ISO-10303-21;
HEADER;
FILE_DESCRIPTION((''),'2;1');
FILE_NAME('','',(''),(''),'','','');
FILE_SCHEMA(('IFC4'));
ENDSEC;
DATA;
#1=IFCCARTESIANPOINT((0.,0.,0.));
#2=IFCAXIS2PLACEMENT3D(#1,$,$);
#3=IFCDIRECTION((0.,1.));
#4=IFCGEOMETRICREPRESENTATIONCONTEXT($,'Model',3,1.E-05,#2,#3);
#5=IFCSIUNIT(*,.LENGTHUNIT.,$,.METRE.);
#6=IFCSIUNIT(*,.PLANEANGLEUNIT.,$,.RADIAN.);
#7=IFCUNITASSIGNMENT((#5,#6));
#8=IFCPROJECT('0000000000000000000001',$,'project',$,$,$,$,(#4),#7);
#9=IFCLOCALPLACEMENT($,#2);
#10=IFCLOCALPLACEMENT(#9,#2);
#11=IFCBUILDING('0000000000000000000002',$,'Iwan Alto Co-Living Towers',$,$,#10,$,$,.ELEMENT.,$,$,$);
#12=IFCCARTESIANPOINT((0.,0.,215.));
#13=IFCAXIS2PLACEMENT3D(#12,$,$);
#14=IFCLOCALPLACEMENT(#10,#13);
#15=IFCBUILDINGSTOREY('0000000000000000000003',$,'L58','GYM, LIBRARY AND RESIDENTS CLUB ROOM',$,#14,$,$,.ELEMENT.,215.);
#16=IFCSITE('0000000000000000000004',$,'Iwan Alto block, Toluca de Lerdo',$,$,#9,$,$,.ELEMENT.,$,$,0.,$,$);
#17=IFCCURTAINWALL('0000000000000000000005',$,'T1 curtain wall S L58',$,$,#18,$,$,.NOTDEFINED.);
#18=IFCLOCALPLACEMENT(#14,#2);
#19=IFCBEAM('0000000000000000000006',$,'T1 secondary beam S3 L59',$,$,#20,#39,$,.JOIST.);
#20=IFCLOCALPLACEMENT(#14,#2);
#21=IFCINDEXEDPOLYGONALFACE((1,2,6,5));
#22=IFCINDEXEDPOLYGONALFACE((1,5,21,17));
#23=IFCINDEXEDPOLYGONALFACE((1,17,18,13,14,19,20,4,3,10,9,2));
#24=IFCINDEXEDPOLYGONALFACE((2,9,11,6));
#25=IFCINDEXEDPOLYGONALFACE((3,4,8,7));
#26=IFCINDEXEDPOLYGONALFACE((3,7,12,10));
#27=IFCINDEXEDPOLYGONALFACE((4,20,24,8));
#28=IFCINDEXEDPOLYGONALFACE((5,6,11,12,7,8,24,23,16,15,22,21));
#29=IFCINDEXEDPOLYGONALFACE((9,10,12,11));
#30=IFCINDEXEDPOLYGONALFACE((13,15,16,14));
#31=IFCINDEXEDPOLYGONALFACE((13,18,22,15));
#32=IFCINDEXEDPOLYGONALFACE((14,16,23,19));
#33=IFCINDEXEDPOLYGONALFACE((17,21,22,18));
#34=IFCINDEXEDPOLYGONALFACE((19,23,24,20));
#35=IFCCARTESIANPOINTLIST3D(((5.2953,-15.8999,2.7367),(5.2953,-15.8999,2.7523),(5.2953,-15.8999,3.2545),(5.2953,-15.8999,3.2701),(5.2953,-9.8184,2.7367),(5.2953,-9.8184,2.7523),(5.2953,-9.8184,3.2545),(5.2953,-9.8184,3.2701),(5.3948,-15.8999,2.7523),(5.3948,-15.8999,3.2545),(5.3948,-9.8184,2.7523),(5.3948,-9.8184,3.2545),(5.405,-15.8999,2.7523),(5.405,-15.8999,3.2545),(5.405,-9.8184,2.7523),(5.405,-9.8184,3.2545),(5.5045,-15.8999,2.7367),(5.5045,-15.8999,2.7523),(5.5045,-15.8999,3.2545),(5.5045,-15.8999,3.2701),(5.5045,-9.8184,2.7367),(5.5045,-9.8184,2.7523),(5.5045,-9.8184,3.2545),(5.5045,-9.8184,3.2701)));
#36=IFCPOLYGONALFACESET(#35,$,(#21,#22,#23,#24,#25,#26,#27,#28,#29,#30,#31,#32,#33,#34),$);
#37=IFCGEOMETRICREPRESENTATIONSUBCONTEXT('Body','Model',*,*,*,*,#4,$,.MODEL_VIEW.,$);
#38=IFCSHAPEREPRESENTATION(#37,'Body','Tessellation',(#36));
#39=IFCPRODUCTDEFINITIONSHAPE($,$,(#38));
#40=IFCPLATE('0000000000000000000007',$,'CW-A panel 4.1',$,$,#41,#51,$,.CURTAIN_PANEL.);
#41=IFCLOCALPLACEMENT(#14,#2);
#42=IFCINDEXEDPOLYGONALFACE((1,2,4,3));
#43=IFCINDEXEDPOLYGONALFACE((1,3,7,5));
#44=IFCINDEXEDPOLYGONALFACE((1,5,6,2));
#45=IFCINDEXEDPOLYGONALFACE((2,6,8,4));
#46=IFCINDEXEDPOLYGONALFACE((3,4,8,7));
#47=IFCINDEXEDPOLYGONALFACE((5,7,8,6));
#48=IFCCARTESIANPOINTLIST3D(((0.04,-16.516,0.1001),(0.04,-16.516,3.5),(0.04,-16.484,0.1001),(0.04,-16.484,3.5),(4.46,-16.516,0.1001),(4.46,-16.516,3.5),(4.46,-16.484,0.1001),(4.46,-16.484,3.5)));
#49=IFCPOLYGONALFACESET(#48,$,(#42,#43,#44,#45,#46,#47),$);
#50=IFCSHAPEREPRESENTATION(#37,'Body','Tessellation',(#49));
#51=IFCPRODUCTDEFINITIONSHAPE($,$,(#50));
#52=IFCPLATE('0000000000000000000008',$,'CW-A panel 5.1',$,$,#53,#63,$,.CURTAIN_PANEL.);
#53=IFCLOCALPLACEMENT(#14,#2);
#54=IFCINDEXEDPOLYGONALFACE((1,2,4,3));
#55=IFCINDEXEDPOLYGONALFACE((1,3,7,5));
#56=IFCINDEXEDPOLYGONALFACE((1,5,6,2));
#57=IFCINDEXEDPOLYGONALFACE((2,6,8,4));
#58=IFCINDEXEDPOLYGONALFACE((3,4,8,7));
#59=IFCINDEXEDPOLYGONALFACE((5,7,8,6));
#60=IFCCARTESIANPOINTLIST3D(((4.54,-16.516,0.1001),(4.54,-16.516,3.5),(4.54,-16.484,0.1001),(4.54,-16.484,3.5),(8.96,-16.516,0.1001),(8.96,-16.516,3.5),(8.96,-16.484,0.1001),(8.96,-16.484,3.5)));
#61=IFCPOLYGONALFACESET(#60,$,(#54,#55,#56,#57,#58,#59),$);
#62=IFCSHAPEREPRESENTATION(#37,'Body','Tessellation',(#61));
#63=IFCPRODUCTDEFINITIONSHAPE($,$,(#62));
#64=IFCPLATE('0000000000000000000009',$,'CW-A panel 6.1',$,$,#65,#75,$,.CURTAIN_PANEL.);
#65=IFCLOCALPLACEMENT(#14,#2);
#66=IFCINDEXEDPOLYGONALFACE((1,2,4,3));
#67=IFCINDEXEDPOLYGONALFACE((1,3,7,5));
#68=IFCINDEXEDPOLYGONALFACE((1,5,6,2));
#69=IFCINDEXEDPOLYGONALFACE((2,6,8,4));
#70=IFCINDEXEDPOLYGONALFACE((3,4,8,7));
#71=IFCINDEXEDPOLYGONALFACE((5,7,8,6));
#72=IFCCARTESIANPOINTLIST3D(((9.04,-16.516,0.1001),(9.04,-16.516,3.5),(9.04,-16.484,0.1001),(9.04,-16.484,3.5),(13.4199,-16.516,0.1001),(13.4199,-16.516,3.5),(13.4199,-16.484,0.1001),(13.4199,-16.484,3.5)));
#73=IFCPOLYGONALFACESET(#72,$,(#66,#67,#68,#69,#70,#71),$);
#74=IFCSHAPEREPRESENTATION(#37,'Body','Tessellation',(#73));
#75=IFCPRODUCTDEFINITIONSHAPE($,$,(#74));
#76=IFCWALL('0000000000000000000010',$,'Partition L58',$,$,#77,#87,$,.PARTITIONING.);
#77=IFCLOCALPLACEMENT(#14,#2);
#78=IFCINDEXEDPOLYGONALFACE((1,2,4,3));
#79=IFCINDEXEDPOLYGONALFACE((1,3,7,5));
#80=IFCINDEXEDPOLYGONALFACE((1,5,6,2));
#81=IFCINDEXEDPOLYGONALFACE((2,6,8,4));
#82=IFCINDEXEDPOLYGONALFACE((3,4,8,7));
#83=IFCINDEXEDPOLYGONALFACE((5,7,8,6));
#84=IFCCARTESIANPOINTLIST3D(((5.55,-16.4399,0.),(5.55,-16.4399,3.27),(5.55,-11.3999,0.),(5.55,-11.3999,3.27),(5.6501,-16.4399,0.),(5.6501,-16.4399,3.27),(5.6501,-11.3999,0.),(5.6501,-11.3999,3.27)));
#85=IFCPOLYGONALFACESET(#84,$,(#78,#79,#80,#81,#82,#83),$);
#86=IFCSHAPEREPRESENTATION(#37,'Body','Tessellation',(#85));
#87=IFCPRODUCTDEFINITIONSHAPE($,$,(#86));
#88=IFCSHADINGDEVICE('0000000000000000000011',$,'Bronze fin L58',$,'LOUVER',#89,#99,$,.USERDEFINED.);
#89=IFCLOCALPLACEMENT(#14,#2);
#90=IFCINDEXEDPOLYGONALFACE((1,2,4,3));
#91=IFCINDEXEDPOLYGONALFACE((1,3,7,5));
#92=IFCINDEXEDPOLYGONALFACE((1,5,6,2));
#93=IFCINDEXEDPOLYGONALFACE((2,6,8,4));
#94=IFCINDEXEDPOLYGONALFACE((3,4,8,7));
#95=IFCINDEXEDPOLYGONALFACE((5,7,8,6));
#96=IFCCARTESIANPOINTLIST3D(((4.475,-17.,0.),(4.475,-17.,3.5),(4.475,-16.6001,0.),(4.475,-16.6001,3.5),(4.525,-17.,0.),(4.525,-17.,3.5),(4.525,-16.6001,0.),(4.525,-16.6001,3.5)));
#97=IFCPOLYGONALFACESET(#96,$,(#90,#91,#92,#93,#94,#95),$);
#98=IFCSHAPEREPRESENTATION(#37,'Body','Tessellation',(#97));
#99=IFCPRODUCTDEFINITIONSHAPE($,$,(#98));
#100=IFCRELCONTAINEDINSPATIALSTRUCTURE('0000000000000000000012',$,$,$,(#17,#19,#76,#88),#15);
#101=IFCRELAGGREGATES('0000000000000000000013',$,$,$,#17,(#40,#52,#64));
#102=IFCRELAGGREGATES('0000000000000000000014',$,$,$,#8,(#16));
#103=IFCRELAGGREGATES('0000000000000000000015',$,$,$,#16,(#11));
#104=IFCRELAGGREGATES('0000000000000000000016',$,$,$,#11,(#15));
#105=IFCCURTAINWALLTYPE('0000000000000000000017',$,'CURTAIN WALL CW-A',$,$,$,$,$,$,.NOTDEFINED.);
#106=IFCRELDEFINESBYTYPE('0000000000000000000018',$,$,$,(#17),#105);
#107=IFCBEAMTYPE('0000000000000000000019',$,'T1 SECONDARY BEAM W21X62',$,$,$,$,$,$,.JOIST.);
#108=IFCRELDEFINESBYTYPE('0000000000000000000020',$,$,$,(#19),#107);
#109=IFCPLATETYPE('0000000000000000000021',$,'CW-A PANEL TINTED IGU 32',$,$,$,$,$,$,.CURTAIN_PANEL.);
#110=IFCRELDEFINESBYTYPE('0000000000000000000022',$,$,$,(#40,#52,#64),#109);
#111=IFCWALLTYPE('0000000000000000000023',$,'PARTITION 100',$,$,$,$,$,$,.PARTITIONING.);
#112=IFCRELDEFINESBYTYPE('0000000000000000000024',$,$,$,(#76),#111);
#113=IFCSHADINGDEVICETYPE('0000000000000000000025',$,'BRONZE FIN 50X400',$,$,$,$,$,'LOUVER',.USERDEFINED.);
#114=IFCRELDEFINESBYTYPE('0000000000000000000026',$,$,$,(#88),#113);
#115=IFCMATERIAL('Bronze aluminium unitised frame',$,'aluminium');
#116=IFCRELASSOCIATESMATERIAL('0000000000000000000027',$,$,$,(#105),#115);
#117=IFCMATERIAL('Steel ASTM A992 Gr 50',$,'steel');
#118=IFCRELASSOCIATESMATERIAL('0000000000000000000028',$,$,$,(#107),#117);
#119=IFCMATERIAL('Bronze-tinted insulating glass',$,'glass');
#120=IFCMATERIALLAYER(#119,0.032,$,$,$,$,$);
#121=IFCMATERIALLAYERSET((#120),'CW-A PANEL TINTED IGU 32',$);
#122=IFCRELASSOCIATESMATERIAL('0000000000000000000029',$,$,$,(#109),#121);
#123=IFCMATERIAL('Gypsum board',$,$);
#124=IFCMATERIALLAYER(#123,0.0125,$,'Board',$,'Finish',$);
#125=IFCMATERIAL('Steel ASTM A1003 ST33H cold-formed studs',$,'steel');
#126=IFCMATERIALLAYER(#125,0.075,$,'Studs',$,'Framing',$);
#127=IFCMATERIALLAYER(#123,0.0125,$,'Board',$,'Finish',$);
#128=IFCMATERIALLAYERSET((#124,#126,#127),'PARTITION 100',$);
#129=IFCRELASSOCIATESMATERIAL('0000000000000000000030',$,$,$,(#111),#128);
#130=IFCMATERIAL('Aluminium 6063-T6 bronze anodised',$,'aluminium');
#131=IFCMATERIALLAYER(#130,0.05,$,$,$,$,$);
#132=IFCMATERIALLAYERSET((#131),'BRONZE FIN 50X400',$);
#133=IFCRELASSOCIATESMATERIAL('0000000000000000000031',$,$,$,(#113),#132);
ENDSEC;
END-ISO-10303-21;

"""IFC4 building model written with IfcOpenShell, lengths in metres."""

from ifc_helpers import new_model, si_unit, direction, frame, frame_2d, origin, origin_2d, place, context, subcontext, project, spatial, rectangle, i_section, extrude, material, layer, layer_set, material_profile, profile_set, type_object, element, aggregate, save


model = new_model("IFC4")

# Units and contexts
model_context = context("Model", 3, precision=1e-05, world=origin(), true_north=direction((0.0, 1.0)))
body_context = subcontext(model_context, "Body", "Model", "MODEL_VIEW")
ifc_project = project(units=[si_unit("LENGTHUNIT", "METRE"), si_unit("PLANEANGLEUNIT", "RADIAN")], contexts=[model_context])

# Site, building, storey
site_placement = place(None, origin())
site = spatial("IfcSite", under=ifc_project, at=site_placement, Name="Iwan Alto block, Toluca de Lerdo", CompositionType="ELEMENT", RefElevation=0.0)
building_placement = place(site_placement, origin())
building = spatial("IfcBuilding", under=site, at=building_placement, Name="Iwan Alto Co-Living Towers", CompositionType="ELEMENT")
storey_placement = place(building_placement, frame((0.0, 0.0, 215.0)))
storey = spatial("IfcBuildingStorey", under=building, at=storey_placement, Name="L58", Description="GYM, LIBRARY AND RESIDENTS CLUB ROOM", CompositionType="ELEMENT", Elevation=215.0)

# Curtain wall
ifc_material_1 = material(Name="Bronze aluminium unitised frame", Category="aluminium")
curtain_wall_type_1 = type_object("IfcCurtainWallType", Name="CURTAIN WALL CW-A", PredefinedType="NOTDEFINED", material=ifc_material_1)
curtain_wall_1_placement = place(storey_placement, origin())
curtain_wall_1 = element("IfcCurtainWall", 1, at=curtain_wall_1_placement, inside=storey, type_object=curtain_wall_type_1, Name="T1 curtain wall S L58", PredefinedType="NOTDEFINED")

# Beam
ifc_material_2 = material(Name="Steel ASTM A992 Gr 50", Category="steel")
ifc_material_profile_1 = material_profile(ifc_material_2, i_section(OverallWidth=0.2092, OverallDepth=0.5334, WebThickness=0.0103, FlangeThickness=0.0156, at=origin_2d()), Name="W21X62")
ifc_profile_set_1 = profile_set([ifc_material_profile_1], Name="Steel ASTM A992 Gr 50")
beam_type_1 = type_object("IfcBeamType", Name="T1 SECONDARY BEAM W21X62", PredefinedType="JOIST", material=ifc_profile_set_1)
beam_1_placement = place(storey_placement, frame((5.3999, -15.8999, 3.0034), z_axis=(0.0, 1.0, 0.0), x_axis=(-1.0, 0.0, 0.0)))
element("IfcBeam", 2, at=beam_1_placement, inside=storey, type_object=beam_type_1, Name="T1 secondary beam S3 L59", PredefinedType="JOIST", context=body_context, shape_type="SweptSolid", body=[
    extrude(i_section(OverallWidth=0.2092, OverallDepth=0.5334, WebThickness=0.0103, FlangeThickness=0.0156, at=origin_2d()), origin(), (0.0, 0.0, 1.0), 6.0815),
])

# Plates
ifc_material_3 = material(Name="Bronze-tinted insulating glass", Category="glass")
ifc_layer_1 = layer(ifc_material_3, 0.032)
ifc_layer_set_1 = layer_set([ifc_layer_1], Name="CW-A PANEL TINTED IGU 32")
plate_type = type_object("IfcPlateType", Name="CW-A PANEL TINTED IGU 32", PredefinedType="CURTAIN_PANEL", material=ifc_layer_set_1)
plate_1_placement = place(storey_placement, frame((2.25, -16.5, 0.1001), z_axis=(0.0, 0.0, 1.0), x_axis=(1.0, 0.0, 0.0)))
plate_1 = element("IfcPlate", 3, at=plate_1_placement, type_object=plate_type, Name="CW-A panel 4.1", PredefinedType="CURTAIN_PANEL", context=body_context, shape_type="SweptSolid", body=[
    extrude(rectangle(XDim=4.4199, YDim=0.032, at=origin_2d()), origin(), (0.0, 0.0, 1.0), 3.3999),
])
plate_2_placement = place(storey_placement, frame((6.75, -16.5, 0.1001), z_axis=(0.0, 0.0, 1.0), x_axis=(1.0, 0.0, 0.0)))
plate_2 = element("IfcPlate", 4, at=plate_2_placement, type_object=plate_type, Name="CW-A panel 5.1", PredefinedType="CURTAIN_PANEL", context=body_context, shape_type="SweptSolid", body=[
    extrude(rectangle(XDim=4.4199, YDim=0.032, at=origin_2d()), origin(), (0.0, 0.0, 1.0), 3.3999),
])
plate_3_placement = place(storey_placement, frame((11.23, -16.5, 0.1001), z_axis=(0.0, 0.0, 1.0), x_axis=(1.0, 0.0, 0.0)))
plate_3 = element("IfcPlate", 5, at=plate_3_placement, type_object=plate_type, Name="CW-A panel 6.1", PredefinedType="CURTAIN_PANEL", context=body_context, shape_type="SweptSolid", body=[
    extrude(rectangle(XDim=4.3799, YDim=0.032, at=origin_2d()), origin(), (0.0, 0.0, 1.0), 3.3999),
])
aggregate(curtain_wall_1, [plate_1, plate_2, plate_3])

# Wall
ifc_material_4 = material(Name="Gypsum board")
ifc_layer_2 = layer(ifc_material_4, 0.0125, Name="Board", Category="Finish")
ifc_material_5 = material(Name="Steel ASTM A1003 ST33H cold-formed studs", Category="steel")
ifc_layer_3 = layer(ifc_material_5, 0.075, Name="Studs", Category="Framing")
ifc_layer_4 = layer(ifc_material_4, 0.0125, Name="Board", Category="Finish")
ifc_layer_set_2 = layer_set([ifc_layer_2, ifc_layer_3, ifc_layer_4], Name="PARTITION 100")
wall_type = type_object("IfcWallType", Name="PARTITION 100", PredefinedType="PARTITIONING", material=ifc_layer_set_2)
wall_placement = place(storey_placement, frame((5.6001, -16.4399, 0.0), z_axis=(0.0, 0.0, 1.0), x_axis=(0.0, 1.0, 0.0)))
element("IfcWall", 6, at=wall_placement, inside=storey, type_object=wall_type, Name="Partition L58", PredefinedType="PARTITIONING", context=body_context, shape_type="SweptSolid", body=[
    extrude(rectangle(XDim=5.04, YDim=0.1001, at=frame_2d((2.52, 0.0))), origin(), (0.0, 0.0, 1.0), 3.27),
])

# Shading device
ifc_material_6 = material(Name="Aluminium 6063-T6 bronze anodised", Category="aluminium")
ifc_layer_5 = layer(ifc_material_6, 0.05)
ifc_layer_set_3 = layer_set([ifc_layer_5], Name="BRONZE FIN 50X400")
shading_device_type = type_object("IfcShadingDeviceType", Name="BRONZE FIN 50X400", ElementType="LOUVER", PredefinedType="USERDEFINED", material=ifc_layer_set_3)
shading_device_placement = place(storey_placement, frame((4.5, -16.8, 0.0), z_axis=(0.0, 0.0, 1.0), x_axis=(1.0, 0.0, 0.0)))
element("IfcShadingDevice", 7, at=shading_device_placement, inside=storey, type_object=shading_device_type, Name="Bronze fin L58", ObjectType="LOUVER", PredefinedType="USERDEFINED", context=body_context, shape_type="SweptSolid", body=[
    extrude(rectangle(XDim=0.05, YDim=0.3999, at=origin_2d()), origin(), (0.0, 0.0, 1.0), 3.5),
])

save(model, "model.ifc")
